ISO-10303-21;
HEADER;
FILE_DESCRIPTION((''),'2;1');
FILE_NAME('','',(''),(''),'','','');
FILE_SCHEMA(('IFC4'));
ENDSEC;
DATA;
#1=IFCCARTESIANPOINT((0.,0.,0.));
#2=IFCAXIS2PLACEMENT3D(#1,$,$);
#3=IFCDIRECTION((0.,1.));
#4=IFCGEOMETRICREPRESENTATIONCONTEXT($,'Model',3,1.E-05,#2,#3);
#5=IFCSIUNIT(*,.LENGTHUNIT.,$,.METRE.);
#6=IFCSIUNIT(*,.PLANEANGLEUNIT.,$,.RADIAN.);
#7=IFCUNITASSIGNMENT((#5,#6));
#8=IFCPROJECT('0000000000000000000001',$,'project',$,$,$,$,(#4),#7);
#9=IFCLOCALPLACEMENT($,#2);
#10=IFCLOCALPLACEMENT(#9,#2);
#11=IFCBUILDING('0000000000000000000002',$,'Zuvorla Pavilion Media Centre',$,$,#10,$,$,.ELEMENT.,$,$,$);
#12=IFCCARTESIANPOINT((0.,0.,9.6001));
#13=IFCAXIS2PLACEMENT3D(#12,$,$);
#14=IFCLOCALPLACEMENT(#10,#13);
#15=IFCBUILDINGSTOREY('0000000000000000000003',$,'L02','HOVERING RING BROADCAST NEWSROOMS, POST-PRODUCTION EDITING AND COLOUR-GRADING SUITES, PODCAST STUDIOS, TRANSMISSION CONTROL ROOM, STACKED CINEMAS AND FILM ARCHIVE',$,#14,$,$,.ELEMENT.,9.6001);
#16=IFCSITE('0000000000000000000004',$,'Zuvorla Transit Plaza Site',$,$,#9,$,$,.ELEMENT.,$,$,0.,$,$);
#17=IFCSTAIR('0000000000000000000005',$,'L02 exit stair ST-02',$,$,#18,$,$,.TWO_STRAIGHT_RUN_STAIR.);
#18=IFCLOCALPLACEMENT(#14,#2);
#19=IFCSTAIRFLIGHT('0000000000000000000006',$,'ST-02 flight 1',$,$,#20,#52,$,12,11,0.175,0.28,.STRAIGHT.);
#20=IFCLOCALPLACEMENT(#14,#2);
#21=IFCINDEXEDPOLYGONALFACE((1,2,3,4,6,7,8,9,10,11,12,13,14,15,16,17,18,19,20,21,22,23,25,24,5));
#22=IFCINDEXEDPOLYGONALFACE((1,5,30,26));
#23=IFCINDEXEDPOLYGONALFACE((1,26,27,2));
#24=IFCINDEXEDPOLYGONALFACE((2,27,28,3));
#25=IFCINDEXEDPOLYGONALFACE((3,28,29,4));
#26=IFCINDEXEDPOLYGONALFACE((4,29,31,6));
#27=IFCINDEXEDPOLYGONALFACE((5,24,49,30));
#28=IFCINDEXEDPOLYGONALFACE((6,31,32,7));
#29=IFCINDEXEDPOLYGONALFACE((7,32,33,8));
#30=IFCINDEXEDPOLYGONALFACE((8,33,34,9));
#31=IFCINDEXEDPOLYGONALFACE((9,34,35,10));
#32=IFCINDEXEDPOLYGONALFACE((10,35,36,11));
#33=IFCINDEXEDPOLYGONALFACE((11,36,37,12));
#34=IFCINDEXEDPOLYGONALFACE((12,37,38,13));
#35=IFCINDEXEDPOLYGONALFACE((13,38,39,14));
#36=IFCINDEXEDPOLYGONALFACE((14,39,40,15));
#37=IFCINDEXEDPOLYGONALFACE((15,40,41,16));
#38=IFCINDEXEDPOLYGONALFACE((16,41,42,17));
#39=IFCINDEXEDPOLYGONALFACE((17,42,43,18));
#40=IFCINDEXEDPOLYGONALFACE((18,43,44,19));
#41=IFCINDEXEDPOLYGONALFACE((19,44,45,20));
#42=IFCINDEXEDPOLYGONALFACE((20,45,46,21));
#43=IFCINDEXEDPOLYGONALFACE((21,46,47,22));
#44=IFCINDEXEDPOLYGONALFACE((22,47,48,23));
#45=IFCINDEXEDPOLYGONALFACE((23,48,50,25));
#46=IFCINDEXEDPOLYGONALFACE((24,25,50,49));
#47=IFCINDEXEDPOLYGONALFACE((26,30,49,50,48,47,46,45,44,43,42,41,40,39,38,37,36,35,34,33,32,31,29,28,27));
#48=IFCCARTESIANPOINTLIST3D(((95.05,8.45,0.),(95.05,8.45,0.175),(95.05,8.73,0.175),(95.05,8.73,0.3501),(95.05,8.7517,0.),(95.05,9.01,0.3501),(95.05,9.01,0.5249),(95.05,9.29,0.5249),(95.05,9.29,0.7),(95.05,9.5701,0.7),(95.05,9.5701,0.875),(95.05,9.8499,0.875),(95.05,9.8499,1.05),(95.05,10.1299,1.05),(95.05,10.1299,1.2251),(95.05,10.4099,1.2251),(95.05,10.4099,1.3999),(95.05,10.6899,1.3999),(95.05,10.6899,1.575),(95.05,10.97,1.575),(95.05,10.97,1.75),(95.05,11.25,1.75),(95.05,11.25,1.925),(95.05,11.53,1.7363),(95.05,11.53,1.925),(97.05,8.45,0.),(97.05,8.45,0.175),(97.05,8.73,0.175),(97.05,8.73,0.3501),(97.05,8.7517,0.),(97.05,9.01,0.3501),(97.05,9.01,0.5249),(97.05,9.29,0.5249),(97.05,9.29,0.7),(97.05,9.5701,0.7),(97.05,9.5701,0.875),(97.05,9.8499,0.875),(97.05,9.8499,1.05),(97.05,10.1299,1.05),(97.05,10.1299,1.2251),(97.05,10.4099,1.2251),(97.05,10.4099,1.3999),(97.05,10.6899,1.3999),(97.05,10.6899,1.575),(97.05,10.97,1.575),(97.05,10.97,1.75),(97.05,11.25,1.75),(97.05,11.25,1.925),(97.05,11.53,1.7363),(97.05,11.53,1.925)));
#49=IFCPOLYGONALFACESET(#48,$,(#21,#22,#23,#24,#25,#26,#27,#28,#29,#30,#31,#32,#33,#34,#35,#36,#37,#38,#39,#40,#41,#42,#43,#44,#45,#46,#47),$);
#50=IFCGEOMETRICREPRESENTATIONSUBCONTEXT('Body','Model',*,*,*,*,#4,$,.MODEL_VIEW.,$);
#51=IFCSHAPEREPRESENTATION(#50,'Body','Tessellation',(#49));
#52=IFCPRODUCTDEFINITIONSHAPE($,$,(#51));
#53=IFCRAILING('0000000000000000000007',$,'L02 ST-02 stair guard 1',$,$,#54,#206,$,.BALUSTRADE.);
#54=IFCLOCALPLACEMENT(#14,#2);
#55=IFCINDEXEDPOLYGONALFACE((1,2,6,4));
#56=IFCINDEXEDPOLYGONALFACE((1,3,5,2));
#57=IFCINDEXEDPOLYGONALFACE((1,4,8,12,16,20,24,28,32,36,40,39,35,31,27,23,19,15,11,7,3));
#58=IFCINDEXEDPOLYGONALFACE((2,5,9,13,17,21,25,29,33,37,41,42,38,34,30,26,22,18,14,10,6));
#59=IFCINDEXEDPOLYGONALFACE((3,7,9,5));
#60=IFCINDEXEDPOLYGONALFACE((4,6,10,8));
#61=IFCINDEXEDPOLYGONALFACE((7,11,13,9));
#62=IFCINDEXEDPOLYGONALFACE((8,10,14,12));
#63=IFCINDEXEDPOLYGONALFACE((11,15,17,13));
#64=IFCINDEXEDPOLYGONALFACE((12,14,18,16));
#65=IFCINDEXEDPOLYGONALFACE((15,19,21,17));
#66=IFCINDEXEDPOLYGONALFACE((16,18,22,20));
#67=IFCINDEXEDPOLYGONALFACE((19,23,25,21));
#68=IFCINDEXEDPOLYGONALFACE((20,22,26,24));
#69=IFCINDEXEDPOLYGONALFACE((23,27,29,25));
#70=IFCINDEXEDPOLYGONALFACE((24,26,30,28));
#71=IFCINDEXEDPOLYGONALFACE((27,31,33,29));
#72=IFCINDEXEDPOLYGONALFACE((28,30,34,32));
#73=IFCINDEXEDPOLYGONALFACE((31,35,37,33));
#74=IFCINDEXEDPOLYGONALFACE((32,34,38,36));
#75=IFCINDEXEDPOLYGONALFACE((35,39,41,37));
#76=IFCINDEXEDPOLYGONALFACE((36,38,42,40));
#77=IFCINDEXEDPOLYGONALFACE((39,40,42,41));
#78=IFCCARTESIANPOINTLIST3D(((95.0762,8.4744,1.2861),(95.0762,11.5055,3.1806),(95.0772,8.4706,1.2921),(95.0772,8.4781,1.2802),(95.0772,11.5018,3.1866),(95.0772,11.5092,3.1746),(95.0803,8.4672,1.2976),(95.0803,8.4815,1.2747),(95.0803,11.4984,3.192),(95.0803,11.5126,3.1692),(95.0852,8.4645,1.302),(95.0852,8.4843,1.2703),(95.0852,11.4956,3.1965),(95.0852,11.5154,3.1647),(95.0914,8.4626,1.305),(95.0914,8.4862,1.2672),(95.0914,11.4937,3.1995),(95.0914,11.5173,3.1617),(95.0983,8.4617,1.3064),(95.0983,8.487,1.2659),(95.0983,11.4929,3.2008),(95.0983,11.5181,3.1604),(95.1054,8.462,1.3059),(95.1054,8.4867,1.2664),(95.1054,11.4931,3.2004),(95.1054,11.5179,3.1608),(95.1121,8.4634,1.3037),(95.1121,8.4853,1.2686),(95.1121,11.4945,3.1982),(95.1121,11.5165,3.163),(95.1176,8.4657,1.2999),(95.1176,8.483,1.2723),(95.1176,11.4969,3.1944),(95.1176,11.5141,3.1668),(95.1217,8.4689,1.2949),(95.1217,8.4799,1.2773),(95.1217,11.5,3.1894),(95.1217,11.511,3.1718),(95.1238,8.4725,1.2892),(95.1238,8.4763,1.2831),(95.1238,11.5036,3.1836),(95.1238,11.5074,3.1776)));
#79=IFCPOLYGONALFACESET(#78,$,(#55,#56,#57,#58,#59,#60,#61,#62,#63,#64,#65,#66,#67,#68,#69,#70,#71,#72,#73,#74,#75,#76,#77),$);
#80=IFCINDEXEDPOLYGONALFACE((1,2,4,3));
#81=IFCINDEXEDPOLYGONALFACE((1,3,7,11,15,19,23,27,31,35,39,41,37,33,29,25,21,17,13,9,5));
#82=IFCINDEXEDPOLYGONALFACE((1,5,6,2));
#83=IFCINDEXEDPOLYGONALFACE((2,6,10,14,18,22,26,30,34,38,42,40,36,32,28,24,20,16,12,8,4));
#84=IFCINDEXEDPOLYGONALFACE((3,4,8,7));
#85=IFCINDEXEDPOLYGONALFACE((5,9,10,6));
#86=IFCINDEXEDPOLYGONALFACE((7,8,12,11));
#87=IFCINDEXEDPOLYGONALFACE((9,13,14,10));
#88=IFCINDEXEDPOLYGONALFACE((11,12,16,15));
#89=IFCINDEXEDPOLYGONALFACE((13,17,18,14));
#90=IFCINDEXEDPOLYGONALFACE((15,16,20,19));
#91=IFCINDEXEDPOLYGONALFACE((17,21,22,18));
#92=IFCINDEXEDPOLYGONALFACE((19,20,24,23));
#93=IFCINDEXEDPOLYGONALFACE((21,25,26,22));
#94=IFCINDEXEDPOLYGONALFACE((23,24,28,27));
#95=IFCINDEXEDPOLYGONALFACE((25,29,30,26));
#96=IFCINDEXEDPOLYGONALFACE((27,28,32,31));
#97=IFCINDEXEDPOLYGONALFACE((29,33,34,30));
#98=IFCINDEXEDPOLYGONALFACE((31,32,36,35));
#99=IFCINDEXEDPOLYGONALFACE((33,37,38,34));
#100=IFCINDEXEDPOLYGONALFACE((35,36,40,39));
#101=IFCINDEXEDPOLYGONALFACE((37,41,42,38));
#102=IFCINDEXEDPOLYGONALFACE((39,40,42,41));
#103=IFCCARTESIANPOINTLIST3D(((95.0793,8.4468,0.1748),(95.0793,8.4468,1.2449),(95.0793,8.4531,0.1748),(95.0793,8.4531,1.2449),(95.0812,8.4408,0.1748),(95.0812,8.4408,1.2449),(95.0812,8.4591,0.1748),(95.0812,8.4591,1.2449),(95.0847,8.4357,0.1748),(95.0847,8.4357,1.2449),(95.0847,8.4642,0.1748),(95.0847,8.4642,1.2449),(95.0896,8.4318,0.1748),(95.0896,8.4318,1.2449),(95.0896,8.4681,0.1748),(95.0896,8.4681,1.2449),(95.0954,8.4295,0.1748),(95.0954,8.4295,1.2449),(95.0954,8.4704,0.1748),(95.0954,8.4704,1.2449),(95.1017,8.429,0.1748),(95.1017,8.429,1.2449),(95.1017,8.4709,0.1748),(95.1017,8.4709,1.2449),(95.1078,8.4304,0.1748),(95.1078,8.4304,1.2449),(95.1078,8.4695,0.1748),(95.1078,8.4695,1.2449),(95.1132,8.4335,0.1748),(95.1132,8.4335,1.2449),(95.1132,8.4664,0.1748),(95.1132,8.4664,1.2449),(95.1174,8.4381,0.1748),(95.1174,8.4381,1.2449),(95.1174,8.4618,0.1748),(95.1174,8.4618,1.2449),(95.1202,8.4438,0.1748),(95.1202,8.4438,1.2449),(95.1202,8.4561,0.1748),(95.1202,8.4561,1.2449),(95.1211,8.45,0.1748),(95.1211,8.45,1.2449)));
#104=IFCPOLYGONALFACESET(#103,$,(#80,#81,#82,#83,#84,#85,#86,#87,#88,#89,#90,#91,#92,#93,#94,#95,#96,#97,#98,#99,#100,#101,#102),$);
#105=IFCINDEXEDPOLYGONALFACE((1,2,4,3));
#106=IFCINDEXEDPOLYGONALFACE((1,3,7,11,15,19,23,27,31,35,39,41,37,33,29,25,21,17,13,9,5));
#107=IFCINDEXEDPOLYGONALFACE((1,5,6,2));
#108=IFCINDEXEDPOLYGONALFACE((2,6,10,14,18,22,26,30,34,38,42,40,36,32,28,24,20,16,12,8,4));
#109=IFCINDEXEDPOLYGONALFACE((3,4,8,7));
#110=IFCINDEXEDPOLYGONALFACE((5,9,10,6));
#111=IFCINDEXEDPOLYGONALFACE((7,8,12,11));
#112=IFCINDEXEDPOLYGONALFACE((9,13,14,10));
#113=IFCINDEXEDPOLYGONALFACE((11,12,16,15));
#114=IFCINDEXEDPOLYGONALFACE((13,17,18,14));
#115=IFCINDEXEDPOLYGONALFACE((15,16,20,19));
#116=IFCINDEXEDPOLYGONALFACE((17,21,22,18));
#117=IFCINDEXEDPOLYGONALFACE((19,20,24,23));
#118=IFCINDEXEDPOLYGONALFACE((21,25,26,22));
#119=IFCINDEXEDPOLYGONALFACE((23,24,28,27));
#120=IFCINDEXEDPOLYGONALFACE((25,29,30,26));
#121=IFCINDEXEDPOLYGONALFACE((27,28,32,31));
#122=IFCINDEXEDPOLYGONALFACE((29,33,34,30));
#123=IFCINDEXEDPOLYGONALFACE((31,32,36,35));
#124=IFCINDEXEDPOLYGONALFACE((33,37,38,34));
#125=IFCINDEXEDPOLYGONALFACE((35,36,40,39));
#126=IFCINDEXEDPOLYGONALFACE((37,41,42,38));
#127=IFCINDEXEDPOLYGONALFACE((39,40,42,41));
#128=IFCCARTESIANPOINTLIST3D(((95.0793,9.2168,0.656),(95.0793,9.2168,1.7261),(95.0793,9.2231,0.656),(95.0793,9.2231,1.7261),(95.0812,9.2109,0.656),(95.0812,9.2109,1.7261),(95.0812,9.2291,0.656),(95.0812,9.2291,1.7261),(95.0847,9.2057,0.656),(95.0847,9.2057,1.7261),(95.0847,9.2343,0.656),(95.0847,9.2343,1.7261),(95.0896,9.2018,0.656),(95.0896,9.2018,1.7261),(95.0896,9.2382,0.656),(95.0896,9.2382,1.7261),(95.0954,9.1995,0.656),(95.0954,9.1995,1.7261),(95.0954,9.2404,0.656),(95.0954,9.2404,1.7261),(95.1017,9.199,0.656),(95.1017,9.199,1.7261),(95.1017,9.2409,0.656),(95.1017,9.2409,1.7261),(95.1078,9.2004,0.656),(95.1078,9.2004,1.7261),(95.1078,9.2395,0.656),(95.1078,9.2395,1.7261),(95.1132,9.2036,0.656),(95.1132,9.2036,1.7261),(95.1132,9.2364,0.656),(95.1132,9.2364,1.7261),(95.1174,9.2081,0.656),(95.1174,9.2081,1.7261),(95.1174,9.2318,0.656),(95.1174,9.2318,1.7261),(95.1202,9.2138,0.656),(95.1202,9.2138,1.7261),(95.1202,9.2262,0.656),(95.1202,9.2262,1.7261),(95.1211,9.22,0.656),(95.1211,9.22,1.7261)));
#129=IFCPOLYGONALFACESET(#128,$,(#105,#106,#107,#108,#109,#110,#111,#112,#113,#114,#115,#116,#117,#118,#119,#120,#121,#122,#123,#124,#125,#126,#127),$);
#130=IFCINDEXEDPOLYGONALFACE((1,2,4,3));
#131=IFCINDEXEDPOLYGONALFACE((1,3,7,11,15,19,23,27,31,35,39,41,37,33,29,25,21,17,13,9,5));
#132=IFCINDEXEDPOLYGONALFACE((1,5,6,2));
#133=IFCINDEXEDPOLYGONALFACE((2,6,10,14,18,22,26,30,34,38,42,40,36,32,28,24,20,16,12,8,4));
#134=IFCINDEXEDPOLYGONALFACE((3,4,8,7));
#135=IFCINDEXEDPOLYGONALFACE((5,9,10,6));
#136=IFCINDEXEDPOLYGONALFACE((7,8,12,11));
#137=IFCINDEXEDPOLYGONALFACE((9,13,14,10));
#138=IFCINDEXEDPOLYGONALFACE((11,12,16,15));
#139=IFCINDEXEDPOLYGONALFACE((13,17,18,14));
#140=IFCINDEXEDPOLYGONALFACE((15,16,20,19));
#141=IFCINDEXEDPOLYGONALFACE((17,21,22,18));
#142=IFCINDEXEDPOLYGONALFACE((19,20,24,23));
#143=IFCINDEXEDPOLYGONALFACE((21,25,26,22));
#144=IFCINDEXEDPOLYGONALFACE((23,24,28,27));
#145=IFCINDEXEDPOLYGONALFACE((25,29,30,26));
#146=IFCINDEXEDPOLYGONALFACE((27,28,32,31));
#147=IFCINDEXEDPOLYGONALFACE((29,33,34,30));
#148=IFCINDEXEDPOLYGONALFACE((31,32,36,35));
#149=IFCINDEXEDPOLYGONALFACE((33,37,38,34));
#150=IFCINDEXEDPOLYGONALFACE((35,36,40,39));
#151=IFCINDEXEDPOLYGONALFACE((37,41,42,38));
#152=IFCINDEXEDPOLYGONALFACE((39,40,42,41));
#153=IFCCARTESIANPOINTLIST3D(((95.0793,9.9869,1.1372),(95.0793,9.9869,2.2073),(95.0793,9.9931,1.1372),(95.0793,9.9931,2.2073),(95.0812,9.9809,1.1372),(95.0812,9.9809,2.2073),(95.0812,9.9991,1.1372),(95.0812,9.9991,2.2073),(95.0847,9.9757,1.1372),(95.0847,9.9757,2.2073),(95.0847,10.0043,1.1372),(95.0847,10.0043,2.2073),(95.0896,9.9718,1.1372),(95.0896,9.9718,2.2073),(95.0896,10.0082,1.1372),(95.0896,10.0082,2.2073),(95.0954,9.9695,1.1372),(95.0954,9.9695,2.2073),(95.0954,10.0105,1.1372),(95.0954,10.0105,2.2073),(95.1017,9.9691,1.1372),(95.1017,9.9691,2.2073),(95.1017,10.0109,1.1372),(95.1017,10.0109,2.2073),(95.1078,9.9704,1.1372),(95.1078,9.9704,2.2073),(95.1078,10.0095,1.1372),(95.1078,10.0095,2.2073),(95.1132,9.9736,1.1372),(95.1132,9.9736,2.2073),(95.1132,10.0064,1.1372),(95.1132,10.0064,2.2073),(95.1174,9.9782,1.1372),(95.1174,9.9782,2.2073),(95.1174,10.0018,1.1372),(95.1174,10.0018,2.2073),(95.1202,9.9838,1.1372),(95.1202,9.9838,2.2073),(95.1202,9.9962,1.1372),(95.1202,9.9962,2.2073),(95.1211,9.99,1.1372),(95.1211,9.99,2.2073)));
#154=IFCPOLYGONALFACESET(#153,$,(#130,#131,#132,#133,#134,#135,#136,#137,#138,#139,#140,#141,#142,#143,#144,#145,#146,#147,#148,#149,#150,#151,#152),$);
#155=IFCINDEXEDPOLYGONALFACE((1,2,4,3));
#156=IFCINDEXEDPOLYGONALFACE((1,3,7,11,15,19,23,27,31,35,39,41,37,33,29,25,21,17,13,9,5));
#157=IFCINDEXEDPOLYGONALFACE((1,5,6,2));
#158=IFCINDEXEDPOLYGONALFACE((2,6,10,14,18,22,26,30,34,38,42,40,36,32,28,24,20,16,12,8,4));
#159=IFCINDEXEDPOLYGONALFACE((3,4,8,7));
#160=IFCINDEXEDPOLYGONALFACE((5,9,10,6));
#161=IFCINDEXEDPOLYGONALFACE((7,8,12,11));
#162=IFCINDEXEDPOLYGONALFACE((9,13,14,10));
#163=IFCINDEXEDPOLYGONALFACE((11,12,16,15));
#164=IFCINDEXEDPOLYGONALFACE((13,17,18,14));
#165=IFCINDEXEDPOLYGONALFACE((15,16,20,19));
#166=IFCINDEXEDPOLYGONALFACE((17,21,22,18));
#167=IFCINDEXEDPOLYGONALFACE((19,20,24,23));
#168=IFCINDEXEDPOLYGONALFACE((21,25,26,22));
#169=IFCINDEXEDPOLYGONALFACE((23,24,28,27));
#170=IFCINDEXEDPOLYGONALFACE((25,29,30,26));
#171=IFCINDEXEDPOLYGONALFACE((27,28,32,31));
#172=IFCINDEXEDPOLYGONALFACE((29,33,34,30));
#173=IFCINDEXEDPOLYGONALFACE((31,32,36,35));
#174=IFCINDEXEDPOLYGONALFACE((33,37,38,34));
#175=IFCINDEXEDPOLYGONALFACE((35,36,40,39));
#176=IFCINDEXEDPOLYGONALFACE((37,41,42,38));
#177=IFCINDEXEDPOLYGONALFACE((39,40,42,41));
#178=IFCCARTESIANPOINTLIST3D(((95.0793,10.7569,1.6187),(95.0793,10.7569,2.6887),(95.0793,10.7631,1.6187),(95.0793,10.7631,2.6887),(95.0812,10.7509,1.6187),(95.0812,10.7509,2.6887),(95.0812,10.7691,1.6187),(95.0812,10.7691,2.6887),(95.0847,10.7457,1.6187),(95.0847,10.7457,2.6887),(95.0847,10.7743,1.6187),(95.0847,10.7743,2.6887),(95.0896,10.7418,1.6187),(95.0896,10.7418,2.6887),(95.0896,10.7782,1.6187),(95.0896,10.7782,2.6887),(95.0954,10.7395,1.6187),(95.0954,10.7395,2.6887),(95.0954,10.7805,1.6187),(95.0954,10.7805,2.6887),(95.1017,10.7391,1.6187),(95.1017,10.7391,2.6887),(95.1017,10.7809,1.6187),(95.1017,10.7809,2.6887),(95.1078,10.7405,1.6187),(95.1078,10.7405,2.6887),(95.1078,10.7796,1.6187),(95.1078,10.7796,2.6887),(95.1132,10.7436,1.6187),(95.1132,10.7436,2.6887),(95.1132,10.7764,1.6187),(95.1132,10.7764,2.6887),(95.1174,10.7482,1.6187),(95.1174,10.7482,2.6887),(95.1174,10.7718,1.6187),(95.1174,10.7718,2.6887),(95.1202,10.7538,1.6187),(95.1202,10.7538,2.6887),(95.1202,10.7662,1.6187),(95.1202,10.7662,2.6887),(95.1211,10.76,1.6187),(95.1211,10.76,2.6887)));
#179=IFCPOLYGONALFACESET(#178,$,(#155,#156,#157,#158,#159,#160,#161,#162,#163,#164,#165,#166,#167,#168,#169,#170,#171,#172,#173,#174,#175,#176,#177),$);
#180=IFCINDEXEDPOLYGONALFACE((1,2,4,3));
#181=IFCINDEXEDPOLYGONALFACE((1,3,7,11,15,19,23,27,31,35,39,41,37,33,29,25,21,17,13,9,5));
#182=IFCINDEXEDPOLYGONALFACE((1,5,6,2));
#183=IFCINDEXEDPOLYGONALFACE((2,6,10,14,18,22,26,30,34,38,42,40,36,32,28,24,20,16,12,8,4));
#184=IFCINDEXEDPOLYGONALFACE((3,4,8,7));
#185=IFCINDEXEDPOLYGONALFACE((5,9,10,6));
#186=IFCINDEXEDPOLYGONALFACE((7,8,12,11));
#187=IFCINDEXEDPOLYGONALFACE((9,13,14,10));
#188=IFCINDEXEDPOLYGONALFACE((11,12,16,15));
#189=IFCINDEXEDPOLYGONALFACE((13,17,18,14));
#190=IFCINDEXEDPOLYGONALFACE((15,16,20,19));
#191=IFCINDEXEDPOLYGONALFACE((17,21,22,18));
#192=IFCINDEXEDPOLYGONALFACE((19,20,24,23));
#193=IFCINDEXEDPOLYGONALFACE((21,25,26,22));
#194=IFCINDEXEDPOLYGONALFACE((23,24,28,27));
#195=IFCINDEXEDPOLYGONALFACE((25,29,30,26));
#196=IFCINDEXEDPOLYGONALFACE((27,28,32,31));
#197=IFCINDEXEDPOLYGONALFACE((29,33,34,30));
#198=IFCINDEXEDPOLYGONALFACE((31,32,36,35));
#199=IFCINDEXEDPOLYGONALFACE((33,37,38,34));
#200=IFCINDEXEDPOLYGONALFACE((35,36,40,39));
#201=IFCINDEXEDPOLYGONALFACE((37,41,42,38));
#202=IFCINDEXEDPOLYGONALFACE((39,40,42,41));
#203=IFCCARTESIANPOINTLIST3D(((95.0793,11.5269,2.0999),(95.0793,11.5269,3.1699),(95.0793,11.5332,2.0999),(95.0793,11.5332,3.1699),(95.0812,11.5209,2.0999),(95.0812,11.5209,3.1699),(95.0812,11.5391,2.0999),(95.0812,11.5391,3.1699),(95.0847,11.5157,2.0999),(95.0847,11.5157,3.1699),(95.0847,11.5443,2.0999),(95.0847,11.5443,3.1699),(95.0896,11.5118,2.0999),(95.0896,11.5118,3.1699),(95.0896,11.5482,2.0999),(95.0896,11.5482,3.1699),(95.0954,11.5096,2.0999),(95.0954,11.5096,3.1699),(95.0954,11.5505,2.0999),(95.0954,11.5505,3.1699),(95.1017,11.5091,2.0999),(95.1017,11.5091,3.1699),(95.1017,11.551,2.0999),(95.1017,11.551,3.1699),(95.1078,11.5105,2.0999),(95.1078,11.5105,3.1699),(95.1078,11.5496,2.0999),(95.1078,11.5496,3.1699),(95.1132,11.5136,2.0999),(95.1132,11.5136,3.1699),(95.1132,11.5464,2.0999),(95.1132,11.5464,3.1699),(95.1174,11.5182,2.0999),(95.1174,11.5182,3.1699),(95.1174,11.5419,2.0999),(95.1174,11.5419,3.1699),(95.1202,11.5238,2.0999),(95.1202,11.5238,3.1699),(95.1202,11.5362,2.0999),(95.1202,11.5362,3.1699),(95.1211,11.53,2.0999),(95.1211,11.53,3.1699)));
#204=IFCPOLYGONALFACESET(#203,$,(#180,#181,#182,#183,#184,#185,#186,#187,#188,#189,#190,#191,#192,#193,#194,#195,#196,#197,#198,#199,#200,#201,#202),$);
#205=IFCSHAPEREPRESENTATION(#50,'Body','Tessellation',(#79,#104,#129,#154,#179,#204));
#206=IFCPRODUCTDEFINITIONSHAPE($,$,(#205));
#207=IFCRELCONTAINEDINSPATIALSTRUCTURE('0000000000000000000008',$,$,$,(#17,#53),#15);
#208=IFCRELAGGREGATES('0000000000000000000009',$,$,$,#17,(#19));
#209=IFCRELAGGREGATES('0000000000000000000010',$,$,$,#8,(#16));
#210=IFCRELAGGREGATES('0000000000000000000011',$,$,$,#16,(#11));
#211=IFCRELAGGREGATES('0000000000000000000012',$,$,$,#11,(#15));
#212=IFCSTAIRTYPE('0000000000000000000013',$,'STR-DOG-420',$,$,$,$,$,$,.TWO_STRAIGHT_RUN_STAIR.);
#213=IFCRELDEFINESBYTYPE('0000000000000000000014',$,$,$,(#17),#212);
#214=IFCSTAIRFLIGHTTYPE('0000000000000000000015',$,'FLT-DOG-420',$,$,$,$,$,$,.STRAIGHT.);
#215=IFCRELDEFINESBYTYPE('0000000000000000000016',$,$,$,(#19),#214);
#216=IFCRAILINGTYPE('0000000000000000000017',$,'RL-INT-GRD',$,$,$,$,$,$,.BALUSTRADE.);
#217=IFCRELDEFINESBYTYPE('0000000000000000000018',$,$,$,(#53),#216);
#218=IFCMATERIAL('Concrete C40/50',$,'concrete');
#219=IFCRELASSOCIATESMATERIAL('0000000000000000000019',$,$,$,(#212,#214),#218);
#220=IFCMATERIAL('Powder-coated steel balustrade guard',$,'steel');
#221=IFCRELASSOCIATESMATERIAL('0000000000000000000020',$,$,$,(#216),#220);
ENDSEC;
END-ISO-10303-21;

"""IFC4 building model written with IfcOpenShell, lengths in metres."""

from ifc_helpers import new_model, si_unit, direction, frame, origin, origin_2d, place, context, subcontext, project, spatial, polyline, circle, outline, extrude, material, type_object, element, aggregate, save


model = new_model("IFC4")

# Units and contexts
model_context = context("Model", 3, precision=1e-05, world=origin(), true_north=direction((0.0, 1.0)))
body_context = subcontext(model_context, "Body", "Model", "MODEL_VIEW")
ifc_project = project(units=[si_unit("LENGTHUNIT", "METRE"), si_unit("PLANEANGLEUNIT", "RADIAN")], contexts=[model_context])

# Site, building, storey
site_placement = place(None, origin())
site = spatial("IfcSite", under=ifc_project, at=site_placement, Name="Zuvorla Transit Plaza Site", CompositionType="ELEMENT", RefElevation=0.0)
building_placement = place(site_placement, origin())
building = spatial("IfcBuilding", under=site, at=building_placement, Name="Zuvorla Pavilion Media Centre", CompositionType="ELEMENT")
storey_placement = place(building_placement, frame((0.0, 0.0, 9.6001)))
storey = spatial("IfcBuildingStorey", under=building, at=storey_placement, Name="L02", Description="HOVERING RING BROADCAST NEWSROOMS, POST-PRODUCTION EDITING AND COLOUR-GRADING SUITES, PODCAST STUDIOS, TRANSMISSION CONTROL ROOM, STACKED CINEMAS AND FILM ARCHIVE", CompositionType="ELEMENT", Elevation=9.6001)

# Shared definitions
ifc_material_1 = material(Name="Concrete C40/50", Category="concrete")

# Stair, stair flight
stair_type = type_object("IfcStairType", Name="STR-DOG-420", PredefinedType="TWO_STRAIGHT_RUN_STAIR", material=ifc_material_1)
stair_placement = place(storey_placement, origin())
stair = element("IfcStair", 1, at=stair_placement, inside=storey, type_object=stair_type, Name="L02 exit stair ST-02", PredefinedType="TWO_STRAIGHT_RUN_STAIR")
stair_flight_type = type_object("IfcStairFlightType", Name="FLT-DOG-420", PredefinedType="STRAIGHT", material=ifc_material_1)
stair_flight_placement = place(storey_placement, frame((96.05, 8.45, 0.0), z_axis=(0.0, 0.0, 1.0), x_axis=(0.0, 1.0, 0.0)))
stair_flight = element("IfcStairFlight", 2, at=stair_flight_placement, type_object=stair_flight_type, Name="ST-02 flight 1", NumberOfRisers=12, NumberOfTreads=11, PredefinedType="STRAIGHT", RiserHeight=0.175, TreadLength=0.28, context=body_context, shape_type="SweptSolid", body=[
    extrude(outline(polyline([(0.0, 0.0), (0.0, 0.175), (0.28, 0.175), (0.28, 0.3501), (0.5601, 0.3501), (0.5601, 0.5249), (0.8401, 0.5249), (0.8401, 0.7), (1.1201, 0.7), (1.1201, 0.875), (1.3999, 0.875), (1.3999, 1.05), (1.6799, 1.05), (1.6799, 1.2251), (1.96, 1.2251), (1.96, 1.3999), (2.24, 1.3999), (2.24, 1.575), (2.52, 1.575), (2.52, 1.75), (2.8, 1.75), (2.8, 1.925), (3.0801, 1.925), (3.0801, 2.1001), (3.0801, 1.7363), (0.3018, 0.0), (0.0, 0.0)])), frame((0.0, 1.0, 0.0), z_axis=(0.0, -1.0, 0.0), x_axis=(1.0, 0.0, 0.0)), (0.0, 0.0, 1.0), 2.0),
])
aggregate(stair, [stair_flight])

# Railing
ifc_material_2 = material(Name="Powder-coated steel balustrade guard", Category="steel")
railing_type_1 = type_object("IfcRailingType", Name="RL-INT-GRD", PredefinedType="BALUSTRADE", material=ifc_material_2)
railing_1_placement = place(storey_placement, frame((95.1001, 8.45, 0.1748)))
element("IfcRailing", 3, at=railing_1_placement, inside=storey, type_object=railing_type_1, Name="L02 ST-02 stair guard 1", PredefinedType="BALUSTRADE", context=body_context, shape_type="SweptSolid", body=[
    extrude(circle(Radius=0.0239, at=origin_2d()), frame((0.0, 0.0244, 1.1113), z_axis=(0.0, 0.847998, 0.529999), x_axis=(-1.0, 0.0, 0.0)), (0.0, 0.0, 1.0), 3.5745),
    extrude(circle(Radius=0.021, at=origin_2d()), origin(), (0.0, 0.0, 1.0), 1.0701),
    extrude(circle(Radius=0.021, at=origin_2d()), frame((0.0, 0.77, 0.4812)), (0.0, 0.0, 1.0), 1.0701),
    extrude(circle(Radius=0.021, at=origin_2d()), frame((0.0, 1.54, 0.9624)), (0.0, 0.0, 1.0), 1.0701),
    extrude(circle(Radius=0.021, at=origin_2d()), frame((0.0, 2.3101, 1.4438)), (0.0, 0.0, 1.0), 1.0701),
    extrude(circle(Radius=0.021, at=origin_2d()), frame((0.0, 3.0801, 1.925)), (0.0, 0.0, 1.0), 1.0701),
])

save(model, "model.ifc")
